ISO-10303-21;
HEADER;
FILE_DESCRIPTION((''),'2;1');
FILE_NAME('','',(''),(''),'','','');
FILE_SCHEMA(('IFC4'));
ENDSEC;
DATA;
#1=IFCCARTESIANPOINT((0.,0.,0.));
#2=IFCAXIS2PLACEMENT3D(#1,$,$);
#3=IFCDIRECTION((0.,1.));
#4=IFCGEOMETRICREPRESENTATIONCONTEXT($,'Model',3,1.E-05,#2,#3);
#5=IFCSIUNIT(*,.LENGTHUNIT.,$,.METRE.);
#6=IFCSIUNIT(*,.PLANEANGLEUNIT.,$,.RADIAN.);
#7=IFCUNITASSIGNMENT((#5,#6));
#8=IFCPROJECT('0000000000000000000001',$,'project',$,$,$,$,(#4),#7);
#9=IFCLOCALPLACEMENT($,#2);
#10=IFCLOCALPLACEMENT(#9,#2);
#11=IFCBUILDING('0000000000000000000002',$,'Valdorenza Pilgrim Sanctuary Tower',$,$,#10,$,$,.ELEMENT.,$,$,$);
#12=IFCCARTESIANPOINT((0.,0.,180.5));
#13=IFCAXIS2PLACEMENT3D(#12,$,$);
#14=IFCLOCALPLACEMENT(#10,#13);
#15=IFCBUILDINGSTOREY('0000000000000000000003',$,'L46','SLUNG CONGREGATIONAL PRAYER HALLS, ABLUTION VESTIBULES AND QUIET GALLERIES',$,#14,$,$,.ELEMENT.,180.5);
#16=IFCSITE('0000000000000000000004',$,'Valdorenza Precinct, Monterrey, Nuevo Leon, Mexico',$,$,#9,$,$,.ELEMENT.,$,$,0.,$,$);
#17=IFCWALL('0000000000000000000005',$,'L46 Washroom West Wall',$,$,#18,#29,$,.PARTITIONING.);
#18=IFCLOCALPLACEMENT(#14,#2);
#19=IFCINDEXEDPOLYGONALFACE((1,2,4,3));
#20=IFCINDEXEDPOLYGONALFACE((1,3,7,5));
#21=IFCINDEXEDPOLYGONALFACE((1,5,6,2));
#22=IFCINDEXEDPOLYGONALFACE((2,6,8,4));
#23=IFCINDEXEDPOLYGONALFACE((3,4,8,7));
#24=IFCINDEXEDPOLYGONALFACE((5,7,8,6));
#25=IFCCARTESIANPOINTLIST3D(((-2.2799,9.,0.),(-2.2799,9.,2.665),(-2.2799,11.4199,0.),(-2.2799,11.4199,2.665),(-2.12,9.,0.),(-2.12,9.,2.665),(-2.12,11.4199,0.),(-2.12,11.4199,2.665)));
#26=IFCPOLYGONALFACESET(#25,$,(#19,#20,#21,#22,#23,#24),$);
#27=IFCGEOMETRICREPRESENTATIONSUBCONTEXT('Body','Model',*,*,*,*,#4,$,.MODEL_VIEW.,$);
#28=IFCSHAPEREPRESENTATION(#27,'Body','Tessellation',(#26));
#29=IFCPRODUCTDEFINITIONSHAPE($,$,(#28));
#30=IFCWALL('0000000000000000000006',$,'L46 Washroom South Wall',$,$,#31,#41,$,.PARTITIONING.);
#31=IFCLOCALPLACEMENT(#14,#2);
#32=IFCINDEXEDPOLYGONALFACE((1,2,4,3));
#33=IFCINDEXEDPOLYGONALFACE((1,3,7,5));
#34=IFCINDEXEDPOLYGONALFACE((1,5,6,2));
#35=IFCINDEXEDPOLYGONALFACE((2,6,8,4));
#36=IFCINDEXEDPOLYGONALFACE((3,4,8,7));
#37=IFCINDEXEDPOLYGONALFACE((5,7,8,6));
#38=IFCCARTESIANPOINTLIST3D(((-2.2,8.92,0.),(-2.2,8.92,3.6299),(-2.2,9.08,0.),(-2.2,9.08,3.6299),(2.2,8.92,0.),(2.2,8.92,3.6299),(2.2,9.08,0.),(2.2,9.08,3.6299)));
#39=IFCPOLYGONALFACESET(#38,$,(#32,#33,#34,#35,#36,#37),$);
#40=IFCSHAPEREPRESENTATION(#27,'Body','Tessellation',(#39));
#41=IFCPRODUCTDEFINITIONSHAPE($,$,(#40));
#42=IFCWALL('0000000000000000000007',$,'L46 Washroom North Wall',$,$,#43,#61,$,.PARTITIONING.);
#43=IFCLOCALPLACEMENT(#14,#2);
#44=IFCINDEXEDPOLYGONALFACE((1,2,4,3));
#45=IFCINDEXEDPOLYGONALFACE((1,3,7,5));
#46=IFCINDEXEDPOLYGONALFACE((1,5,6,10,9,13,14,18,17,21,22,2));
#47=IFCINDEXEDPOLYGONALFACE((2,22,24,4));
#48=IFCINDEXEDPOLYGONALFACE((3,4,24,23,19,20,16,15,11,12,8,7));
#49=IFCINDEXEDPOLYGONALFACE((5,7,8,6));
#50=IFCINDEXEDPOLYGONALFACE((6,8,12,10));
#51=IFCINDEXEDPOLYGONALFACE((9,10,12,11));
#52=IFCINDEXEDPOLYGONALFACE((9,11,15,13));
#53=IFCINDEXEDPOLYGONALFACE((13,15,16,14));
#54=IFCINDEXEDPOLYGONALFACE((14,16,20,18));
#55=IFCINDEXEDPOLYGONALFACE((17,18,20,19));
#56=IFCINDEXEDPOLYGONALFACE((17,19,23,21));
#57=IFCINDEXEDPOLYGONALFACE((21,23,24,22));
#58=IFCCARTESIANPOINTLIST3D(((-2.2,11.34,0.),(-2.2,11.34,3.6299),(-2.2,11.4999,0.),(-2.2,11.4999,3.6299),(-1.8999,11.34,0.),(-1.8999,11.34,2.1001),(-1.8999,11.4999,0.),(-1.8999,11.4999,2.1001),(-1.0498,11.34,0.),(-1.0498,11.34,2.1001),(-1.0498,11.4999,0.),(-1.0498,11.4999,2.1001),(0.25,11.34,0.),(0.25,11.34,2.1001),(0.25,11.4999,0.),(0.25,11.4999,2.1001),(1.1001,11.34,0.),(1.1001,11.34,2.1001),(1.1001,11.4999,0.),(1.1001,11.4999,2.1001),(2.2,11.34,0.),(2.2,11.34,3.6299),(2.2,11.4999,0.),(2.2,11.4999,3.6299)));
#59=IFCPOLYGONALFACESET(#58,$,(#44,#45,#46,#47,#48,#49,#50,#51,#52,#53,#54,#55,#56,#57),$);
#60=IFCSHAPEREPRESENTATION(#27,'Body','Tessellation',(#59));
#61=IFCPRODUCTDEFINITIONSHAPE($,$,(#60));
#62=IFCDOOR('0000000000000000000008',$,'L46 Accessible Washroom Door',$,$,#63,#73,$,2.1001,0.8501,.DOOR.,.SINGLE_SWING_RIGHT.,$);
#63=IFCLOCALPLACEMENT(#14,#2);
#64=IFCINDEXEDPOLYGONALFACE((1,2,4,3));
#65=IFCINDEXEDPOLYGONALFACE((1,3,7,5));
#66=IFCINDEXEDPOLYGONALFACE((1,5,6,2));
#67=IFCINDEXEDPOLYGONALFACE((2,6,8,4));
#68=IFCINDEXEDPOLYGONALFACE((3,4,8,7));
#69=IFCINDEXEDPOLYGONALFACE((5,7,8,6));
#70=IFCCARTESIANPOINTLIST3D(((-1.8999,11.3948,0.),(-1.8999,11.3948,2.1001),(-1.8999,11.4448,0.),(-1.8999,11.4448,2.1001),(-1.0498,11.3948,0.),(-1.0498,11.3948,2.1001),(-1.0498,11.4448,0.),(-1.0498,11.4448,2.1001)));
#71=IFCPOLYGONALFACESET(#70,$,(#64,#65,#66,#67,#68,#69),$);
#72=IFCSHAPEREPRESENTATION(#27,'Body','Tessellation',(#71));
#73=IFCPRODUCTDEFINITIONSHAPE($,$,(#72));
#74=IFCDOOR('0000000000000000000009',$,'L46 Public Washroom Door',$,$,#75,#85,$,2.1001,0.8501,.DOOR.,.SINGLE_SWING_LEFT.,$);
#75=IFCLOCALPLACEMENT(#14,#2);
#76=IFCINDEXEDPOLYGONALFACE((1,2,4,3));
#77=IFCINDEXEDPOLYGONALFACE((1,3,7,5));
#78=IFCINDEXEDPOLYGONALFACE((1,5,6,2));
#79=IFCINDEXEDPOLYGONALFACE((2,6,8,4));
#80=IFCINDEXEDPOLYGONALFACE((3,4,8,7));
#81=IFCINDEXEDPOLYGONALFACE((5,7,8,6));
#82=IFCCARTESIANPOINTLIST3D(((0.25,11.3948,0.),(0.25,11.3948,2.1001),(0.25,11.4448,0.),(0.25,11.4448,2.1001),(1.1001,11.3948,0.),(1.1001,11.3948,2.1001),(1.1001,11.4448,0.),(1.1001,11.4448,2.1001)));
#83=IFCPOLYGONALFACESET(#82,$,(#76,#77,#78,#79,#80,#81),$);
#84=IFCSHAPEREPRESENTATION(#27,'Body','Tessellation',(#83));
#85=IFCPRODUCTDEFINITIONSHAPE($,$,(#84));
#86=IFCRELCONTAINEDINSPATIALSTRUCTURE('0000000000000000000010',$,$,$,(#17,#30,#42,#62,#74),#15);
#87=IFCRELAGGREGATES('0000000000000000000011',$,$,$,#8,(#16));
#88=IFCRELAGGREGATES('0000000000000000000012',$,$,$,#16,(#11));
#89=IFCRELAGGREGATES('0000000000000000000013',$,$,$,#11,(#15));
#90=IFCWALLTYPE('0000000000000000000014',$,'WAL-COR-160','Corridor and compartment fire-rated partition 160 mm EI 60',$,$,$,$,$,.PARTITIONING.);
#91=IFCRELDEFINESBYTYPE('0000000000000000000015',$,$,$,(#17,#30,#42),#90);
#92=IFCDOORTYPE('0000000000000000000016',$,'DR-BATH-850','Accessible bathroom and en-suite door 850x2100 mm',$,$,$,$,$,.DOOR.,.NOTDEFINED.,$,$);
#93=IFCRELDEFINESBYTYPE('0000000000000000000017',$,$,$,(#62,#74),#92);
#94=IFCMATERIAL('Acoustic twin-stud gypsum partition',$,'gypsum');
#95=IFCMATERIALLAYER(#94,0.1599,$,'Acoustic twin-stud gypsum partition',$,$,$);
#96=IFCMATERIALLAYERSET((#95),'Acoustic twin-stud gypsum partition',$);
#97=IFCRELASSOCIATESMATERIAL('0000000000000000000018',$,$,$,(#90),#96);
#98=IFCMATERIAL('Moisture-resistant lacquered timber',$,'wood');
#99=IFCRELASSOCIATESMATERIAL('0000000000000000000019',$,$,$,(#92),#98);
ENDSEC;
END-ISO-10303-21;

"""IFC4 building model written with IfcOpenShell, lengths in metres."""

from ifc_helpers import new_model, si_unit, direction, frame, frame_2d, origin, place, context, subcontext, project, spatial, rectangle, extrude, material, layer, layer_set, type_object, element, fill, save


model = new_model("IFC4")

# Units and contexts
model_context = context("Model", 3, precision=1e-05, world=origin(), true_north=direction((0.0, 1.0)))
body_context = subcontext(model_context, "Body", "Model", "MODEL_VIEW")
ifc_project = project(units=[si_unit("LENGTHUNIT", "METRE"), si_unit("PLANEANGLEUNIT", "RADIAN")], contexts=[model_context])

# Site, building, storey
site_placement = place(None, origin())
site = spatial("IfcSite", under=ifc_project, at=site_placement, Name="Valdorenza Precinct, Monterrey, Nuevo Leon, Mexico", CompositionType="ELEMENT", RefElevation=0.0)
building_placement = place(site_placement, origin())
building = spatial("IfcBuilding", under=site, at=building_placement, Name="Valdorenza Pilgrim Sanctuary Tower", CompositionType="ELEMENT")
storey_placement = place(building_placement, frame((0.0, 0.0, 180.5)))
storey = spatial("IfcBuildingStorey", under=building, at=storey_placement, Name="L46", Description="SLUNG CONGREGATIONAL PRAYER HALLS, ABLUTION VESTIBULES AND QUIET GALLERIES", CompositionType="ELEMENT", Elevation=180.5)

# Walls
ifc_material_1 = material(Name="Acoustic twin-stud gypsum partition", Category="gypsum")
ifc_layer_1 = layer(ifc_material_1, 0.1599, Name="Acoustic twin-stud gypsum partition")
ifc_layer_set_1 = layer_set([ifc_layer_1], Name="Acoustic twin-stud gypsum partition")
wall_type = type_object("IfcWallType", Name="WAL-COR-160", Description="Corridor and compartment fire-rated partition 160 mm EI 60", PredefinedType="PARTITIONING", material=ifc_layer_set_1)
wall_1_placement = place(storey_placement, frame((-2.2, 9.0, 0.0), z_axis=(0.0, 0.0, 1.0), x_axis=(0.0, 1.0, 0.0)))
element("IfcWall", 1, at=wall_1_placement, inside=storey, type_object=wall_type, Name="L46 Washroom West Wall", PredefinedType="PARTITIONING", context=body_context, shape_type="SweptSolid", body=[
    extrude(rectangle(XDim=2.4199, YDim=0.1599, at=frame_2d((1.21, 0.0))), origin(), (0.0, 0.0, 1.0), 2.665),
])
wall_2_placement = place(storey_placement, frame((-2.2, 9.0, 0.0), z_axis=(0.0, 0.0, 1.0), x_axis=(1.0, 0.0, 0.0)))
element("IfcWall", 2, at=wall_2_placement, inside=storey, type_object=wall_type, Name="L46 Washroom South Wall", PredefinedType="PARTITIONING", context=body_context, shape_type="SweptSolid", body=[
    extrude(rectangle(XDim=4.3999, YDim=0.1599, at=frame_2d((2.2, 0.0))), origin(), (0.0, 0.0, 1.0), 3.6299),
])

# Wall, openings, doors
wall_3_placement = place(storey_placement, frame((-2.2, 11.4199, 0.0), z_axis=(0.0, 0.0, 1.0), x_axis=(1.0, 0.0, 0.0)))
wall_3 = element("IfcWall", 3, at=wall_3_placement, inside=storey, type_object=wall_type, Name="L46 Washroom North Wall", PredefinedType="PARTITIONING", context=body_context, shape_type="SweptSolid", body=[
    extrude(rectangle(XDim=4.3999, YDim=0.1599, at=frame_2d((2.2, 0.0))), origin(), (0.0, 0.0, 1.0), 3.6299),
])
opening_1_placement = place(wall_3_placement, frame((0.3, 0.0, 0.0)))
opening_1 = element("IfcOpeningElement", 4, at=opening_1_placement, cuts=wall_3, PredefinedType="OPENING", context=body_context, shape_type="SweptSolid", body=[
    extrude(rectangle(XDim=0.8501, YDim=2.1001, at=frame_2d((0.425, 1.05))), frame((0.0, 0.0947, 0.0), z_axis=(0.0, -1.0, 0.0), x_axis=(1.0, 0.0, 0.0)), (0.0, 0.0, 1.0), 0.1897),
])
opening_2_placement = place(wall_3_placement, frame((2.45, 0.0, 0.0)))
opening_2 = element("IfcOpeningElement", 5, at=opening_2_placement, cuts=wall_3, PredefinedType="OPENING", context=body_context, shape_type="SweptSolid", body=[
    extrude(rectangle(XDim=0.8501, YDim=2.1001, at=frame_2d((0.425, 1.05))), frame((0.0, 0.0947, 0.0), z_axis=(0.0, -1.0, 0.0), x_axis=(1.0, 0.0, 0.0)), (0.0, 0.0, 1.0), 0.1897),
])
ifc_material_2 = material(Name="Moisture-resistant lacquered timber", Category="wood")
door_type = type_object("IfcDoorType", Name="DR-BATH-850", Description="Accessible bathroom and en-suite door 850x2100 mm", OperationType="NOTDEFINED", PredefinedType="DOOR", material=ifc_material_2)
door_1_placement = place(opening_1_placement, origin())
door_1 = element("IfcDoor", 6, at=door_1_placement, inside=storey, type_object=door_type, Name="L46 Accessible Washroom Door", OperationType="SINGLE_SWING_RIGHT", OverallHeight=2.1001, OverallWidth=0.8501, PredefinedType="DOOR", context=body_context, shape_type="SweptSolid", body=[
    extrude(rectangle(XDim=0.8501, YDim=2.1001, at=frame_2d((0.425, 1.05))), frame((0.0, 0.0249, 0.0), z_axis=(0.0, -1.0, 0.0), x_axis=(1.0, 0.0, 0.0)), (0.0, 0.0, 1.0), 0.05),
])
fill(opening_1, door_1)
door_2_placement = place(opening_2_placement, origin())
door_2 = element("IfcDoor", 7, at=door_2_placement, inside=storey, type_object=door_type, Name="L46 Public Washroom Door", OperationType="SINGLE_SWING_LEFT", OverallHeight=2.1001, OverallWidth=0.8501, PredefinedType="DOOR", context=body_context, shape_type="SweptSolid", body=[
    extrude(rectangle(XDim=0.8501, YDim=2.1001, at=frame_2d((0.425, 1.05))), frame((0.0, 0.0249, 0.0), z_axis=(0.0, -1.0, 0.0), x_axis=(1.0, 0.0, 0.0)), (0.0, 0.0, 1.0), 0.05),
])
fill(opening_2, door_2)

save(model, "model.ifc")
